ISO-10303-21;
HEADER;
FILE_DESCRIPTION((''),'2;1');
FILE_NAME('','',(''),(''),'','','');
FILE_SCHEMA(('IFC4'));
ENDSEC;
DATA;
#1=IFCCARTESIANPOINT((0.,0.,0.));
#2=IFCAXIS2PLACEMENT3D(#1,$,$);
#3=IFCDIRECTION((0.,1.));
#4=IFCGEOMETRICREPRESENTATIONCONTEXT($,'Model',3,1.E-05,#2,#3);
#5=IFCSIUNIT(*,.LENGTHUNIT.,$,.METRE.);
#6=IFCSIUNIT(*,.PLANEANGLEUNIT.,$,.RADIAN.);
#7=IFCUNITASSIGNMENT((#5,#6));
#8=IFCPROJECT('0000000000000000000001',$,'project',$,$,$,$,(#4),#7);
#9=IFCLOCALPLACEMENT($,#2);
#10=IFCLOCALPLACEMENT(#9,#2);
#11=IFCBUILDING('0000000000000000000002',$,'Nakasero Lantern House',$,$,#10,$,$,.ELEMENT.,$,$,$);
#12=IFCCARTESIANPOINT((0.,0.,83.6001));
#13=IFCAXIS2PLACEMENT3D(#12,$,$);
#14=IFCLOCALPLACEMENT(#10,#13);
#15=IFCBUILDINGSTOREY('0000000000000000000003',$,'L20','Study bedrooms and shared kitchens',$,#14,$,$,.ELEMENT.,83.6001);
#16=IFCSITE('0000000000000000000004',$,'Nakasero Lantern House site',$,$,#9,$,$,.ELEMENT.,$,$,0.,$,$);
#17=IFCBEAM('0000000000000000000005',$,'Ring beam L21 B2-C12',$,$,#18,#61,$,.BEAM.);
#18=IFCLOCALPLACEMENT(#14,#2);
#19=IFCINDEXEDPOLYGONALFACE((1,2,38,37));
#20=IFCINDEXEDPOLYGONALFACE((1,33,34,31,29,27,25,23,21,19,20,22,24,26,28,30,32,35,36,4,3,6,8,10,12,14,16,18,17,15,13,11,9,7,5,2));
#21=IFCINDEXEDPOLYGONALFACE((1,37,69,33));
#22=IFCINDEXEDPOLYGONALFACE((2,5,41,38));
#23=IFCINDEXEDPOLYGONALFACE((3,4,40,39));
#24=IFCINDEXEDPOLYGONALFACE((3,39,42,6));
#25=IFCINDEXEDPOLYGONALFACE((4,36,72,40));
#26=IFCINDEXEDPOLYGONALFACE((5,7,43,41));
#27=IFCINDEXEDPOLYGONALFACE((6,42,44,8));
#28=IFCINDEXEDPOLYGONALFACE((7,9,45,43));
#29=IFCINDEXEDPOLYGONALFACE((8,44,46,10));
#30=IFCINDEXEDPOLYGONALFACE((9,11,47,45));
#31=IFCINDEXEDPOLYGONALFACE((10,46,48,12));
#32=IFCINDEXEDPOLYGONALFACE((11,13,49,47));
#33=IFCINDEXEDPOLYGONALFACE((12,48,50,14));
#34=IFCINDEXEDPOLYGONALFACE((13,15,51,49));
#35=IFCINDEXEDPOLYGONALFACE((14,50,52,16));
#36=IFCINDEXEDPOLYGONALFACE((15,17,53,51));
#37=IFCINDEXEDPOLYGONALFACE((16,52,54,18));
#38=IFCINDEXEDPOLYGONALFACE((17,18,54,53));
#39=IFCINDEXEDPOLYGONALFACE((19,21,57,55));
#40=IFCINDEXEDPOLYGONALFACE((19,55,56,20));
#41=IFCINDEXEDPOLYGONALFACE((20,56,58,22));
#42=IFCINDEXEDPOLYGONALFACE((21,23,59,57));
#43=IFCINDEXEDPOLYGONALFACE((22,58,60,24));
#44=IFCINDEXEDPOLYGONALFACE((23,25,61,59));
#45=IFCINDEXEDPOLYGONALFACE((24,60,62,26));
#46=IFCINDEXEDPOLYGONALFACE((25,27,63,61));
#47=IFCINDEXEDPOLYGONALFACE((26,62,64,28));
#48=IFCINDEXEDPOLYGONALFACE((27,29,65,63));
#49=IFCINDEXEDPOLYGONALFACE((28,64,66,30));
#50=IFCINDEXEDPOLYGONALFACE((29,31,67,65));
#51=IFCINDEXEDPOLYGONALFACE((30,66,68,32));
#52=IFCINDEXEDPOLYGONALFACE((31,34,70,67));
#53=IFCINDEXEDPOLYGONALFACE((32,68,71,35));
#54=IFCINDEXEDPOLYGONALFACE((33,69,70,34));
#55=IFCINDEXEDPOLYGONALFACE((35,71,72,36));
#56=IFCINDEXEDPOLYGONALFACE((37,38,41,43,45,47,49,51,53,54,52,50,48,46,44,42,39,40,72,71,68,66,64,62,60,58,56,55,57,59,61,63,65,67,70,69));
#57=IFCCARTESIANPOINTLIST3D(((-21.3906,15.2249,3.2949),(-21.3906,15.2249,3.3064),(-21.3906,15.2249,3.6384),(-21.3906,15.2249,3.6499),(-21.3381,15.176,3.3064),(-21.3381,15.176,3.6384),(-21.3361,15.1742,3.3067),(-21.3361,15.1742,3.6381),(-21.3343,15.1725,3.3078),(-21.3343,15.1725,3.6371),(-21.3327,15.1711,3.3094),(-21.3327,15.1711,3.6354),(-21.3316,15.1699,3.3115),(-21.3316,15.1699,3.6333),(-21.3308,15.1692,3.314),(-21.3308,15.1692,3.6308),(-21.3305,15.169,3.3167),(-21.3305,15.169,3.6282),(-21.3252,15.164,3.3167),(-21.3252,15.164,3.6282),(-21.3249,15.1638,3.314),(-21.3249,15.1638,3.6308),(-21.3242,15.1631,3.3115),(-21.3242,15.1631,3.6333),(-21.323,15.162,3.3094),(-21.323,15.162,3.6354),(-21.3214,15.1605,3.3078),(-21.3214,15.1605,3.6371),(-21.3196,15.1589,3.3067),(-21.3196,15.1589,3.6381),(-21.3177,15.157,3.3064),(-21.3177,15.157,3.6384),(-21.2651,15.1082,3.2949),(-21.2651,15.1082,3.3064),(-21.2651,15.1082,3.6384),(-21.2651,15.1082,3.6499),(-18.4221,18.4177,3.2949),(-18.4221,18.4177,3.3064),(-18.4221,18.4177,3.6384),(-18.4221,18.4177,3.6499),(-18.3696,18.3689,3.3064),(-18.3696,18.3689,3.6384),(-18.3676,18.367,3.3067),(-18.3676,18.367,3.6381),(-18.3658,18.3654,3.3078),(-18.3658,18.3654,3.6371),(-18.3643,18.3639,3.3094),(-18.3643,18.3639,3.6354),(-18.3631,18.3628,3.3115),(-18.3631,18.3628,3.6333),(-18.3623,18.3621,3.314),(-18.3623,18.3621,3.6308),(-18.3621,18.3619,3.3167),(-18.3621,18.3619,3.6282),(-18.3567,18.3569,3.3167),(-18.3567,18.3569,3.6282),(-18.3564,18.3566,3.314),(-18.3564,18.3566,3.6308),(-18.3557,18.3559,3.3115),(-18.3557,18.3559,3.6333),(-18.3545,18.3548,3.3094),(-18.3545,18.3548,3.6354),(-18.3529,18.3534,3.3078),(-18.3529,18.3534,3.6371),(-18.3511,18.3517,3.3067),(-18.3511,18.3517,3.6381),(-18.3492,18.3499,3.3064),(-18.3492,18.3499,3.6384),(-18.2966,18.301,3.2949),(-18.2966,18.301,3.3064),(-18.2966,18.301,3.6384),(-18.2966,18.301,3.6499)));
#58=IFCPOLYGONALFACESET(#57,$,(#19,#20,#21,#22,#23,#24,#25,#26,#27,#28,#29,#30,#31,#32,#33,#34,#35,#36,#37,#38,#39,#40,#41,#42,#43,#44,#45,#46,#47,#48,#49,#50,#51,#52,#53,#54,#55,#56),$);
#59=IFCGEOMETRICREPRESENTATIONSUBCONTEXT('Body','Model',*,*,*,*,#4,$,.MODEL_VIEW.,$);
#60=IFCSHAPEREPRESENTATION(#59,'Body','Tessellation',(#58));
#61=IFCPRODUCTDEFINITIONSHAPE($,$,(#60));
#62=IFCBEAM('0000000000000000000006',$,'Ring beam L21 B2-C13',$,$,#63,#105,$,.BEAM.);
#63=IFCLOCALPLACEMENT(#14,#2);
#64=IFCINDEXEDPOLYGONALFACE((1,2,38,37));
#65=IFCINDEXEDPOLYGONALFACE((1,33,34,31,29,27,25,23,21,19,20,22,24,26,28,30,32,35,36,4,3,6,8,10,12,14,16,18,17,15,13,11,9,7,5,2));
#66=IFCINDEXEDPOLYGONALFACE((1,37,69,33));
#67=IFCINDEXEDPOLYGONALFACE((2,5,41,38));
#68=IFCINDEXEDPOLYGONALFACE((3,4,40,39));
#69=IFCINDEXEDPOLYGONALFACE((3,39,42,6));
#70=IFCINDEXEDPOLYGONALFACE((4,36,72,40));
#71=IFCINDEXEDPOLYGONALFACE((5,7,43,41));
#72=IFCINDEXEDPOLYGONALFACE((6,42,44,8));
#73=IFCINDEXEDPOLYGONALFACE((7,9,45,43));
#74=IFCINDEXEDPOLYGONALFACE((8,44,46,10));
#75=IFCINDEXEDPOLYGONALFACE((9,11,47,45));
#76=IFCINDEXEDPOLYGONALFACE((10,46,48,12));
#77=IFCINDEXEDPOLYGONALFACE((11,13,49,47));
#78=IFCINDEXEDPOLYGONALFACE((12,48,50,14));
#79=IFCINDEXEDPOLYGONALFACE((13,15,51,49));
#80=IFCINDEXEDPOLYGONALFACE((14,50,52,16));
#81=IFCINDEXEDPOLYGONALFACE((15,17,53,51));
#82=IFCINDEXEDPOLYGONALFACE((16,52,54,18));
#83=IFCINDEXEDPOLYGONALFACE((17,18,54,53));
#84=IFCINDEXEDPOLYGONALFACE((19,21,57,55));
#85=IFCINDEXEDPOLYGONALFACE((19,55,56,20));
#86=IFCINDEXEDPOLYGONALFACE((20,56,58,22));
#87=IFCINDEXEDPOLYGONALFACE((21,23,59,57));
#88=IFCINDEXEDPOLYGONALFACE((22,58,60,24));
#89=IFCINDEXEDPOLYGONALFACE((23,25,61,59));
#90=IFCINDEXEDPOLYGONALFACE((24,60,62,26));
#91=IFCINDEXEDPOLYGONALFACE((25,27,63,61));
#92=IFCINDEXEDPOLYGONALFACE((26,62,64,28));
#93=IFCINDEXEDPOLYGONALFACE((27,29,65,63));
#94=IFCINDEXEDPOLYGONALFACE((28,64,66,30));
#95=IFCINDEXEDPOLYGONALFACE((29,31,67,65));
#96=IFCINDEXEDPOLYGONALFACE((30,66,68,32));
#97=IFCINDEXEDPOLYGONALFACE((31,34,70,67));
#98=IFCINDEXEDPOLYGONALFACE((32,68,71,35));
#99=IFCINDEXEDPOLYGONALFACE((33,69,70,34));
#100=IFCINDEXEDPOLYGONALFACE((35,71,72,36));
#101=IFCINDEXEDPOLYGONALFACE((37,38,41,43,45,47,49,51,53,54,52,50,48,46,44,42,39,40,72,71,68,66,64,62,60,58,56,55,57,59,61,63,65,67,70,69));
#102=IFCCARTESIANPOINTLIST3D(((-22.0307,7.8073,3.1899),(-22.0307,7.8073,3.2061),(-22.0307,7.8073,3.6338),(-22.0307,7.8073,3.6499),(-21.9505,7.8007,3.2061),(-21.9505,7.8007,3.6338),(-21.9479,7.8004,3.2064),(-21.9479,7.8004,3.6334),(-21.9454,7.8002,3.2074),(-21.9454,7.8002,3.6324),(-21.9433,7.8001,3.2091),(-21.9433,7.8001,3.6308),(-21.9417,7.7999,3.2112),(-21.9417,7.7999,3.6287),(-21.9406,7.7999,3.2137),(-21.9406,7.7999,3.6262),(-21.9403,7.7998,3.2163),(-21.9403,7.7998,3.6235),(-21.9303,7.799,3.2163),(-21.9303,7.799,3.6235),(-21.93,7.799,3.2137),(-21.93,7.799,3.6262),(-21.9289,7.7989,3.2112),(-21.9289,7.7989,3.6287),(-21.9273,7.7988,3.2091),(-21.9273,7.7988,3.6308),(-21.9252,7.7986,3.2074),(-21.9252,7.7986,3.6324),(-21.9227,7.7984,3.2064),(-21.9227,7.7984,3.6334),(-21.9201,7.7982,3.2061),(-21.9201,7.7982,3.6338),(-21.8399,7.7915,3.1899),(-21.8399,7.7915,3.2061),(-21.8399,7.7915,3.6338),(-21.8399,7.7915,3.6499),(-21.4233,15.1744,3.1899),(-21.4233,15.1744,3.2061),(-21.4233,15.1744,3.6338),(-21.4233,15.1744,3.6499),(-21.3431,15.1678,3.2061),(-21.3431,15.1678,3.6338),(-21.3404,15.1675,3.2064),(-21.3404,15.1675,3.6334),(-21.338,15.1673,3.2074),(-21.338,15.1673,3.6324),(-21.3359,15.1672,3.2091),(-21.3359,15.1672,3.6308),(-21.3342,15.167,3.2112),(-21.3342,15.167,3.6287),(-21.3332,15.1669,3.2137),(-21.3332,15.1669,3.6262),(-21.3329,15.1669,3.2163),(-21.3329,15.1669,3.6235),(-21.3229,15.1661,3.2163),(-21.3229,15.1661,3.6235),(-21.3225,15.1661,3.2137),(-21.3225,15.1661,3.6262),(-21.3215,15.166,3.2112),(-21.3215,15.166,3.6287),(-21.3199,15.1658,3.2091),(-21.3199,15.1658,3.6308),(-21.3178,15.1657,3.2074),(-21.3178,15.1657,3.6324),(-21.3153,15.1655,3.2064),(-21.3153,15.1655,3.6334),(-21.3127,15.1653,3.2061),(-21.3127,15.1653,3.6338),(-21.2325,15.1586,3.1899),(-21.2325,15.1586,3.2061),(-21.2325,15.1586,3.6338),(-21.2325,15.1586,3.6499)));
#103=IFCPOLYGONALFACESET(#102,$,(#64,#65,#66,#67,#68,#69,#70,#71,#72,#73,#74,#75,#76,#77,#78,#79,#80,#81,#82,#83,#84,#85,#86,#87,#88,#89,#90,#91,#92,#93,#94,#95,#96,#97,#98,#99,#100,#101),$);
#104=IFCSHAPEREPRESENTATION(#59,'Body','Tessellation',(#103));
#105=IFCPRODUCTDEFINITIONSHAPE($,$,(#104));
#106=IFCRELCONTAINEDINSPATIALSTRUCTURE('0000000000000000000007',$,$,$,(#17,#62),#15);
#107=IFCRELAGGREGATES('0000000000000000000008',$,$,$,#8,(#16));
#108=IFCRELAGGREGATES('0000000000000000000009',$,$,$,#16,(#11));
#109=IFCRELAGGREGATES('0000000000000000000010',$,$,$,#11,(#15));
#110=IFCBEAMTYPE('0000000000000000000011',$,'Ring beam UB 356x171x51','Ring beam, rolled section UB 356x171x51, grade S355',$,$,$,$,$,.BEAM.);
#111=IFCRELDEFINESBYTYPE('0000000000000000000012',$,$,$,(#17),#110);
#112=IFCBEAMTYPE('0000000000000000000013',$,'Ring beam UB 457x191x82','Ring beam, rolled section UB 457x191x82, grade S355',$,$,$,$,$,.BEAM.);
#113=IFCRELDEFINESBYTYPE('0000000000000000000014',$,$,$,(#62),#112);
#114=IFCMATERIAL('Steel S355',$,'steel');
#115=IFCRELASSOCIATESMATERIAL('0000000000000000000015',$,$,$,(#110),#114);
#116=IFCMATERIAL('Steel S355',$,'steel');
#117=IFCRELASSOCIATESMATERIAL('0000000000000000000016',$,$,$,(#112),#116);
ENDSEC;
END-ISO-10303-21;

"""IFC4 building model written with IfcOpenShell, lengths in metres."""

from ifc_helpers import new_model, si_unit, direction, frame, origin, origin_2d, place, context, subcontext, project, spatial, i_section, extrude, material, material_profile, profile_set, type_object, element, save


model = new_model("IFC4")

# Units and contexts
model_context = context("Model", 3, precision=1e-05, world=origin(), true_north=direction((0.0, 1.0)))
body_context = subcontext(model_context, "Body", "Model", "MODEL_VIEW")
ifc_project = project(units=[si_unit("LENGTHUNIT", "METRE"), si_unit("PLANEANGLEUNIT", "RADIAN")], contexts=[model_context])

# Site, building, storey
site_placement = place(None, origin())
site = spatial("IfcSite", under=ifc_project, at=site_placement, Name="Nakasero Lantern House site", CompositionType="ELEMENT", RefElevation=0.0)
building_placement = place(site_placement, origin())
building = spatial("IfcBuilding", under=site, at=building_placement, Name="Nakasero Lantern House", CompositionType="ELEMENT")
storey_placement = place(building_placement, frame((0.0, 0.0, 83.6001)))
storey = spatial("IfcBuildingStorey", under=building, at=storey_placement, Name="L20", Description="Study bedrooms and shared kitchens", CompositionType="ELEMENT", Elevation=83.6001)

# Beams
ifc_material_1 = material(Name="Steel S355", Category="steel")
ifc_material_profile_1 = material_profile(ifc_material_1, i_section(OverallWidth=0.1714, OverallDepth=0.355, WebThickness=0.0073, FlangeThickness=0.0115, FilletRadius=0.0103, at=origin_2d()), Name="UB 356x171x51")
ifc_profile_set_1 = profile_set([ifc_material_profile_1], Name="Steel S355")
beam_type_1 = type_object("IfcBeamType", Name="Ring beam UB 356x171x51", Description="Ring beam, rolled section UB 356x171x51, grade S355", PredefinedType="BEAM", material=ifc_profile_set_1)
beam_1_placement = place(storey_placement, frame((-18.3594, 18.3594, 3.4724), z_axis=(-0.680906, -0.732371, 0.0), x_axis=(0.732371, -0.680906, 0.0)))
element("IfcBeam", 1, at=beam_1_placement, inside=storey, type_object=beam_type_1, Name="Ring beam L21 B2-C12", PredefinedType="BEAM", context=body_context, shape_type="SweptSolid", body=[
    extrude(i_section(OverallWidth=0.1714, OverallDepth=0.355, WebThickness=0.0073, FlangeThickness=0.0115, FilletRadius=0.0103, at=origin_2d()), origin(), (0.0, 0.0, 1.0), 4.3596),
])
ifc_material_2 = material(Name="Steel S355", Category="steel")
ifc_material_profile_2 = material_profile(ifc_material_2, i_section(OverallWidth=0.1914, OverallDepth=0.46, WebThickness=0.01, FlangeThickness=0.0161, FilletRadius=0.0103, at=origin_2d()), Name="UB 457x191x82")
ifc_profile_set_2 = profile_set([ifc_material_profile_2], Name="Steel S355")
beam_type_2 = type_object("IfcBeamType", Name="Ring beam UB 457x191x82", Description="Ring beam, rolled section UB 457x191x82, grade S355", PredefinedType="BEAM", material=ifc_profile_set_2)
beam_2_placement = place(storey_placement, frame((-21.3279, 15.1665, 3.4199), z_axis=(-0.082171, -0.996618, 0.0), x_axis=(0.996618, -0.082171, 0.0)))
element("IfcBeam", 2, at=beam_2_placement, inside=storey, type_object=beam_type_2, Name="Ring beam L21 B2-C13", PredefinedType="BEAM", context=body_context, shape_type="SweptSolid", body=[
    extrude(i_section(OverallWidth=0.1914, OverallDepth=0.46, WebThickness=0.01, FlangeThickness=0.0161, FilletRadius=0.0103, at=origin_2d()), origin(), (0.0, 0.0, 1.0), 7.3921),
])

save(model, "model.ifc")
